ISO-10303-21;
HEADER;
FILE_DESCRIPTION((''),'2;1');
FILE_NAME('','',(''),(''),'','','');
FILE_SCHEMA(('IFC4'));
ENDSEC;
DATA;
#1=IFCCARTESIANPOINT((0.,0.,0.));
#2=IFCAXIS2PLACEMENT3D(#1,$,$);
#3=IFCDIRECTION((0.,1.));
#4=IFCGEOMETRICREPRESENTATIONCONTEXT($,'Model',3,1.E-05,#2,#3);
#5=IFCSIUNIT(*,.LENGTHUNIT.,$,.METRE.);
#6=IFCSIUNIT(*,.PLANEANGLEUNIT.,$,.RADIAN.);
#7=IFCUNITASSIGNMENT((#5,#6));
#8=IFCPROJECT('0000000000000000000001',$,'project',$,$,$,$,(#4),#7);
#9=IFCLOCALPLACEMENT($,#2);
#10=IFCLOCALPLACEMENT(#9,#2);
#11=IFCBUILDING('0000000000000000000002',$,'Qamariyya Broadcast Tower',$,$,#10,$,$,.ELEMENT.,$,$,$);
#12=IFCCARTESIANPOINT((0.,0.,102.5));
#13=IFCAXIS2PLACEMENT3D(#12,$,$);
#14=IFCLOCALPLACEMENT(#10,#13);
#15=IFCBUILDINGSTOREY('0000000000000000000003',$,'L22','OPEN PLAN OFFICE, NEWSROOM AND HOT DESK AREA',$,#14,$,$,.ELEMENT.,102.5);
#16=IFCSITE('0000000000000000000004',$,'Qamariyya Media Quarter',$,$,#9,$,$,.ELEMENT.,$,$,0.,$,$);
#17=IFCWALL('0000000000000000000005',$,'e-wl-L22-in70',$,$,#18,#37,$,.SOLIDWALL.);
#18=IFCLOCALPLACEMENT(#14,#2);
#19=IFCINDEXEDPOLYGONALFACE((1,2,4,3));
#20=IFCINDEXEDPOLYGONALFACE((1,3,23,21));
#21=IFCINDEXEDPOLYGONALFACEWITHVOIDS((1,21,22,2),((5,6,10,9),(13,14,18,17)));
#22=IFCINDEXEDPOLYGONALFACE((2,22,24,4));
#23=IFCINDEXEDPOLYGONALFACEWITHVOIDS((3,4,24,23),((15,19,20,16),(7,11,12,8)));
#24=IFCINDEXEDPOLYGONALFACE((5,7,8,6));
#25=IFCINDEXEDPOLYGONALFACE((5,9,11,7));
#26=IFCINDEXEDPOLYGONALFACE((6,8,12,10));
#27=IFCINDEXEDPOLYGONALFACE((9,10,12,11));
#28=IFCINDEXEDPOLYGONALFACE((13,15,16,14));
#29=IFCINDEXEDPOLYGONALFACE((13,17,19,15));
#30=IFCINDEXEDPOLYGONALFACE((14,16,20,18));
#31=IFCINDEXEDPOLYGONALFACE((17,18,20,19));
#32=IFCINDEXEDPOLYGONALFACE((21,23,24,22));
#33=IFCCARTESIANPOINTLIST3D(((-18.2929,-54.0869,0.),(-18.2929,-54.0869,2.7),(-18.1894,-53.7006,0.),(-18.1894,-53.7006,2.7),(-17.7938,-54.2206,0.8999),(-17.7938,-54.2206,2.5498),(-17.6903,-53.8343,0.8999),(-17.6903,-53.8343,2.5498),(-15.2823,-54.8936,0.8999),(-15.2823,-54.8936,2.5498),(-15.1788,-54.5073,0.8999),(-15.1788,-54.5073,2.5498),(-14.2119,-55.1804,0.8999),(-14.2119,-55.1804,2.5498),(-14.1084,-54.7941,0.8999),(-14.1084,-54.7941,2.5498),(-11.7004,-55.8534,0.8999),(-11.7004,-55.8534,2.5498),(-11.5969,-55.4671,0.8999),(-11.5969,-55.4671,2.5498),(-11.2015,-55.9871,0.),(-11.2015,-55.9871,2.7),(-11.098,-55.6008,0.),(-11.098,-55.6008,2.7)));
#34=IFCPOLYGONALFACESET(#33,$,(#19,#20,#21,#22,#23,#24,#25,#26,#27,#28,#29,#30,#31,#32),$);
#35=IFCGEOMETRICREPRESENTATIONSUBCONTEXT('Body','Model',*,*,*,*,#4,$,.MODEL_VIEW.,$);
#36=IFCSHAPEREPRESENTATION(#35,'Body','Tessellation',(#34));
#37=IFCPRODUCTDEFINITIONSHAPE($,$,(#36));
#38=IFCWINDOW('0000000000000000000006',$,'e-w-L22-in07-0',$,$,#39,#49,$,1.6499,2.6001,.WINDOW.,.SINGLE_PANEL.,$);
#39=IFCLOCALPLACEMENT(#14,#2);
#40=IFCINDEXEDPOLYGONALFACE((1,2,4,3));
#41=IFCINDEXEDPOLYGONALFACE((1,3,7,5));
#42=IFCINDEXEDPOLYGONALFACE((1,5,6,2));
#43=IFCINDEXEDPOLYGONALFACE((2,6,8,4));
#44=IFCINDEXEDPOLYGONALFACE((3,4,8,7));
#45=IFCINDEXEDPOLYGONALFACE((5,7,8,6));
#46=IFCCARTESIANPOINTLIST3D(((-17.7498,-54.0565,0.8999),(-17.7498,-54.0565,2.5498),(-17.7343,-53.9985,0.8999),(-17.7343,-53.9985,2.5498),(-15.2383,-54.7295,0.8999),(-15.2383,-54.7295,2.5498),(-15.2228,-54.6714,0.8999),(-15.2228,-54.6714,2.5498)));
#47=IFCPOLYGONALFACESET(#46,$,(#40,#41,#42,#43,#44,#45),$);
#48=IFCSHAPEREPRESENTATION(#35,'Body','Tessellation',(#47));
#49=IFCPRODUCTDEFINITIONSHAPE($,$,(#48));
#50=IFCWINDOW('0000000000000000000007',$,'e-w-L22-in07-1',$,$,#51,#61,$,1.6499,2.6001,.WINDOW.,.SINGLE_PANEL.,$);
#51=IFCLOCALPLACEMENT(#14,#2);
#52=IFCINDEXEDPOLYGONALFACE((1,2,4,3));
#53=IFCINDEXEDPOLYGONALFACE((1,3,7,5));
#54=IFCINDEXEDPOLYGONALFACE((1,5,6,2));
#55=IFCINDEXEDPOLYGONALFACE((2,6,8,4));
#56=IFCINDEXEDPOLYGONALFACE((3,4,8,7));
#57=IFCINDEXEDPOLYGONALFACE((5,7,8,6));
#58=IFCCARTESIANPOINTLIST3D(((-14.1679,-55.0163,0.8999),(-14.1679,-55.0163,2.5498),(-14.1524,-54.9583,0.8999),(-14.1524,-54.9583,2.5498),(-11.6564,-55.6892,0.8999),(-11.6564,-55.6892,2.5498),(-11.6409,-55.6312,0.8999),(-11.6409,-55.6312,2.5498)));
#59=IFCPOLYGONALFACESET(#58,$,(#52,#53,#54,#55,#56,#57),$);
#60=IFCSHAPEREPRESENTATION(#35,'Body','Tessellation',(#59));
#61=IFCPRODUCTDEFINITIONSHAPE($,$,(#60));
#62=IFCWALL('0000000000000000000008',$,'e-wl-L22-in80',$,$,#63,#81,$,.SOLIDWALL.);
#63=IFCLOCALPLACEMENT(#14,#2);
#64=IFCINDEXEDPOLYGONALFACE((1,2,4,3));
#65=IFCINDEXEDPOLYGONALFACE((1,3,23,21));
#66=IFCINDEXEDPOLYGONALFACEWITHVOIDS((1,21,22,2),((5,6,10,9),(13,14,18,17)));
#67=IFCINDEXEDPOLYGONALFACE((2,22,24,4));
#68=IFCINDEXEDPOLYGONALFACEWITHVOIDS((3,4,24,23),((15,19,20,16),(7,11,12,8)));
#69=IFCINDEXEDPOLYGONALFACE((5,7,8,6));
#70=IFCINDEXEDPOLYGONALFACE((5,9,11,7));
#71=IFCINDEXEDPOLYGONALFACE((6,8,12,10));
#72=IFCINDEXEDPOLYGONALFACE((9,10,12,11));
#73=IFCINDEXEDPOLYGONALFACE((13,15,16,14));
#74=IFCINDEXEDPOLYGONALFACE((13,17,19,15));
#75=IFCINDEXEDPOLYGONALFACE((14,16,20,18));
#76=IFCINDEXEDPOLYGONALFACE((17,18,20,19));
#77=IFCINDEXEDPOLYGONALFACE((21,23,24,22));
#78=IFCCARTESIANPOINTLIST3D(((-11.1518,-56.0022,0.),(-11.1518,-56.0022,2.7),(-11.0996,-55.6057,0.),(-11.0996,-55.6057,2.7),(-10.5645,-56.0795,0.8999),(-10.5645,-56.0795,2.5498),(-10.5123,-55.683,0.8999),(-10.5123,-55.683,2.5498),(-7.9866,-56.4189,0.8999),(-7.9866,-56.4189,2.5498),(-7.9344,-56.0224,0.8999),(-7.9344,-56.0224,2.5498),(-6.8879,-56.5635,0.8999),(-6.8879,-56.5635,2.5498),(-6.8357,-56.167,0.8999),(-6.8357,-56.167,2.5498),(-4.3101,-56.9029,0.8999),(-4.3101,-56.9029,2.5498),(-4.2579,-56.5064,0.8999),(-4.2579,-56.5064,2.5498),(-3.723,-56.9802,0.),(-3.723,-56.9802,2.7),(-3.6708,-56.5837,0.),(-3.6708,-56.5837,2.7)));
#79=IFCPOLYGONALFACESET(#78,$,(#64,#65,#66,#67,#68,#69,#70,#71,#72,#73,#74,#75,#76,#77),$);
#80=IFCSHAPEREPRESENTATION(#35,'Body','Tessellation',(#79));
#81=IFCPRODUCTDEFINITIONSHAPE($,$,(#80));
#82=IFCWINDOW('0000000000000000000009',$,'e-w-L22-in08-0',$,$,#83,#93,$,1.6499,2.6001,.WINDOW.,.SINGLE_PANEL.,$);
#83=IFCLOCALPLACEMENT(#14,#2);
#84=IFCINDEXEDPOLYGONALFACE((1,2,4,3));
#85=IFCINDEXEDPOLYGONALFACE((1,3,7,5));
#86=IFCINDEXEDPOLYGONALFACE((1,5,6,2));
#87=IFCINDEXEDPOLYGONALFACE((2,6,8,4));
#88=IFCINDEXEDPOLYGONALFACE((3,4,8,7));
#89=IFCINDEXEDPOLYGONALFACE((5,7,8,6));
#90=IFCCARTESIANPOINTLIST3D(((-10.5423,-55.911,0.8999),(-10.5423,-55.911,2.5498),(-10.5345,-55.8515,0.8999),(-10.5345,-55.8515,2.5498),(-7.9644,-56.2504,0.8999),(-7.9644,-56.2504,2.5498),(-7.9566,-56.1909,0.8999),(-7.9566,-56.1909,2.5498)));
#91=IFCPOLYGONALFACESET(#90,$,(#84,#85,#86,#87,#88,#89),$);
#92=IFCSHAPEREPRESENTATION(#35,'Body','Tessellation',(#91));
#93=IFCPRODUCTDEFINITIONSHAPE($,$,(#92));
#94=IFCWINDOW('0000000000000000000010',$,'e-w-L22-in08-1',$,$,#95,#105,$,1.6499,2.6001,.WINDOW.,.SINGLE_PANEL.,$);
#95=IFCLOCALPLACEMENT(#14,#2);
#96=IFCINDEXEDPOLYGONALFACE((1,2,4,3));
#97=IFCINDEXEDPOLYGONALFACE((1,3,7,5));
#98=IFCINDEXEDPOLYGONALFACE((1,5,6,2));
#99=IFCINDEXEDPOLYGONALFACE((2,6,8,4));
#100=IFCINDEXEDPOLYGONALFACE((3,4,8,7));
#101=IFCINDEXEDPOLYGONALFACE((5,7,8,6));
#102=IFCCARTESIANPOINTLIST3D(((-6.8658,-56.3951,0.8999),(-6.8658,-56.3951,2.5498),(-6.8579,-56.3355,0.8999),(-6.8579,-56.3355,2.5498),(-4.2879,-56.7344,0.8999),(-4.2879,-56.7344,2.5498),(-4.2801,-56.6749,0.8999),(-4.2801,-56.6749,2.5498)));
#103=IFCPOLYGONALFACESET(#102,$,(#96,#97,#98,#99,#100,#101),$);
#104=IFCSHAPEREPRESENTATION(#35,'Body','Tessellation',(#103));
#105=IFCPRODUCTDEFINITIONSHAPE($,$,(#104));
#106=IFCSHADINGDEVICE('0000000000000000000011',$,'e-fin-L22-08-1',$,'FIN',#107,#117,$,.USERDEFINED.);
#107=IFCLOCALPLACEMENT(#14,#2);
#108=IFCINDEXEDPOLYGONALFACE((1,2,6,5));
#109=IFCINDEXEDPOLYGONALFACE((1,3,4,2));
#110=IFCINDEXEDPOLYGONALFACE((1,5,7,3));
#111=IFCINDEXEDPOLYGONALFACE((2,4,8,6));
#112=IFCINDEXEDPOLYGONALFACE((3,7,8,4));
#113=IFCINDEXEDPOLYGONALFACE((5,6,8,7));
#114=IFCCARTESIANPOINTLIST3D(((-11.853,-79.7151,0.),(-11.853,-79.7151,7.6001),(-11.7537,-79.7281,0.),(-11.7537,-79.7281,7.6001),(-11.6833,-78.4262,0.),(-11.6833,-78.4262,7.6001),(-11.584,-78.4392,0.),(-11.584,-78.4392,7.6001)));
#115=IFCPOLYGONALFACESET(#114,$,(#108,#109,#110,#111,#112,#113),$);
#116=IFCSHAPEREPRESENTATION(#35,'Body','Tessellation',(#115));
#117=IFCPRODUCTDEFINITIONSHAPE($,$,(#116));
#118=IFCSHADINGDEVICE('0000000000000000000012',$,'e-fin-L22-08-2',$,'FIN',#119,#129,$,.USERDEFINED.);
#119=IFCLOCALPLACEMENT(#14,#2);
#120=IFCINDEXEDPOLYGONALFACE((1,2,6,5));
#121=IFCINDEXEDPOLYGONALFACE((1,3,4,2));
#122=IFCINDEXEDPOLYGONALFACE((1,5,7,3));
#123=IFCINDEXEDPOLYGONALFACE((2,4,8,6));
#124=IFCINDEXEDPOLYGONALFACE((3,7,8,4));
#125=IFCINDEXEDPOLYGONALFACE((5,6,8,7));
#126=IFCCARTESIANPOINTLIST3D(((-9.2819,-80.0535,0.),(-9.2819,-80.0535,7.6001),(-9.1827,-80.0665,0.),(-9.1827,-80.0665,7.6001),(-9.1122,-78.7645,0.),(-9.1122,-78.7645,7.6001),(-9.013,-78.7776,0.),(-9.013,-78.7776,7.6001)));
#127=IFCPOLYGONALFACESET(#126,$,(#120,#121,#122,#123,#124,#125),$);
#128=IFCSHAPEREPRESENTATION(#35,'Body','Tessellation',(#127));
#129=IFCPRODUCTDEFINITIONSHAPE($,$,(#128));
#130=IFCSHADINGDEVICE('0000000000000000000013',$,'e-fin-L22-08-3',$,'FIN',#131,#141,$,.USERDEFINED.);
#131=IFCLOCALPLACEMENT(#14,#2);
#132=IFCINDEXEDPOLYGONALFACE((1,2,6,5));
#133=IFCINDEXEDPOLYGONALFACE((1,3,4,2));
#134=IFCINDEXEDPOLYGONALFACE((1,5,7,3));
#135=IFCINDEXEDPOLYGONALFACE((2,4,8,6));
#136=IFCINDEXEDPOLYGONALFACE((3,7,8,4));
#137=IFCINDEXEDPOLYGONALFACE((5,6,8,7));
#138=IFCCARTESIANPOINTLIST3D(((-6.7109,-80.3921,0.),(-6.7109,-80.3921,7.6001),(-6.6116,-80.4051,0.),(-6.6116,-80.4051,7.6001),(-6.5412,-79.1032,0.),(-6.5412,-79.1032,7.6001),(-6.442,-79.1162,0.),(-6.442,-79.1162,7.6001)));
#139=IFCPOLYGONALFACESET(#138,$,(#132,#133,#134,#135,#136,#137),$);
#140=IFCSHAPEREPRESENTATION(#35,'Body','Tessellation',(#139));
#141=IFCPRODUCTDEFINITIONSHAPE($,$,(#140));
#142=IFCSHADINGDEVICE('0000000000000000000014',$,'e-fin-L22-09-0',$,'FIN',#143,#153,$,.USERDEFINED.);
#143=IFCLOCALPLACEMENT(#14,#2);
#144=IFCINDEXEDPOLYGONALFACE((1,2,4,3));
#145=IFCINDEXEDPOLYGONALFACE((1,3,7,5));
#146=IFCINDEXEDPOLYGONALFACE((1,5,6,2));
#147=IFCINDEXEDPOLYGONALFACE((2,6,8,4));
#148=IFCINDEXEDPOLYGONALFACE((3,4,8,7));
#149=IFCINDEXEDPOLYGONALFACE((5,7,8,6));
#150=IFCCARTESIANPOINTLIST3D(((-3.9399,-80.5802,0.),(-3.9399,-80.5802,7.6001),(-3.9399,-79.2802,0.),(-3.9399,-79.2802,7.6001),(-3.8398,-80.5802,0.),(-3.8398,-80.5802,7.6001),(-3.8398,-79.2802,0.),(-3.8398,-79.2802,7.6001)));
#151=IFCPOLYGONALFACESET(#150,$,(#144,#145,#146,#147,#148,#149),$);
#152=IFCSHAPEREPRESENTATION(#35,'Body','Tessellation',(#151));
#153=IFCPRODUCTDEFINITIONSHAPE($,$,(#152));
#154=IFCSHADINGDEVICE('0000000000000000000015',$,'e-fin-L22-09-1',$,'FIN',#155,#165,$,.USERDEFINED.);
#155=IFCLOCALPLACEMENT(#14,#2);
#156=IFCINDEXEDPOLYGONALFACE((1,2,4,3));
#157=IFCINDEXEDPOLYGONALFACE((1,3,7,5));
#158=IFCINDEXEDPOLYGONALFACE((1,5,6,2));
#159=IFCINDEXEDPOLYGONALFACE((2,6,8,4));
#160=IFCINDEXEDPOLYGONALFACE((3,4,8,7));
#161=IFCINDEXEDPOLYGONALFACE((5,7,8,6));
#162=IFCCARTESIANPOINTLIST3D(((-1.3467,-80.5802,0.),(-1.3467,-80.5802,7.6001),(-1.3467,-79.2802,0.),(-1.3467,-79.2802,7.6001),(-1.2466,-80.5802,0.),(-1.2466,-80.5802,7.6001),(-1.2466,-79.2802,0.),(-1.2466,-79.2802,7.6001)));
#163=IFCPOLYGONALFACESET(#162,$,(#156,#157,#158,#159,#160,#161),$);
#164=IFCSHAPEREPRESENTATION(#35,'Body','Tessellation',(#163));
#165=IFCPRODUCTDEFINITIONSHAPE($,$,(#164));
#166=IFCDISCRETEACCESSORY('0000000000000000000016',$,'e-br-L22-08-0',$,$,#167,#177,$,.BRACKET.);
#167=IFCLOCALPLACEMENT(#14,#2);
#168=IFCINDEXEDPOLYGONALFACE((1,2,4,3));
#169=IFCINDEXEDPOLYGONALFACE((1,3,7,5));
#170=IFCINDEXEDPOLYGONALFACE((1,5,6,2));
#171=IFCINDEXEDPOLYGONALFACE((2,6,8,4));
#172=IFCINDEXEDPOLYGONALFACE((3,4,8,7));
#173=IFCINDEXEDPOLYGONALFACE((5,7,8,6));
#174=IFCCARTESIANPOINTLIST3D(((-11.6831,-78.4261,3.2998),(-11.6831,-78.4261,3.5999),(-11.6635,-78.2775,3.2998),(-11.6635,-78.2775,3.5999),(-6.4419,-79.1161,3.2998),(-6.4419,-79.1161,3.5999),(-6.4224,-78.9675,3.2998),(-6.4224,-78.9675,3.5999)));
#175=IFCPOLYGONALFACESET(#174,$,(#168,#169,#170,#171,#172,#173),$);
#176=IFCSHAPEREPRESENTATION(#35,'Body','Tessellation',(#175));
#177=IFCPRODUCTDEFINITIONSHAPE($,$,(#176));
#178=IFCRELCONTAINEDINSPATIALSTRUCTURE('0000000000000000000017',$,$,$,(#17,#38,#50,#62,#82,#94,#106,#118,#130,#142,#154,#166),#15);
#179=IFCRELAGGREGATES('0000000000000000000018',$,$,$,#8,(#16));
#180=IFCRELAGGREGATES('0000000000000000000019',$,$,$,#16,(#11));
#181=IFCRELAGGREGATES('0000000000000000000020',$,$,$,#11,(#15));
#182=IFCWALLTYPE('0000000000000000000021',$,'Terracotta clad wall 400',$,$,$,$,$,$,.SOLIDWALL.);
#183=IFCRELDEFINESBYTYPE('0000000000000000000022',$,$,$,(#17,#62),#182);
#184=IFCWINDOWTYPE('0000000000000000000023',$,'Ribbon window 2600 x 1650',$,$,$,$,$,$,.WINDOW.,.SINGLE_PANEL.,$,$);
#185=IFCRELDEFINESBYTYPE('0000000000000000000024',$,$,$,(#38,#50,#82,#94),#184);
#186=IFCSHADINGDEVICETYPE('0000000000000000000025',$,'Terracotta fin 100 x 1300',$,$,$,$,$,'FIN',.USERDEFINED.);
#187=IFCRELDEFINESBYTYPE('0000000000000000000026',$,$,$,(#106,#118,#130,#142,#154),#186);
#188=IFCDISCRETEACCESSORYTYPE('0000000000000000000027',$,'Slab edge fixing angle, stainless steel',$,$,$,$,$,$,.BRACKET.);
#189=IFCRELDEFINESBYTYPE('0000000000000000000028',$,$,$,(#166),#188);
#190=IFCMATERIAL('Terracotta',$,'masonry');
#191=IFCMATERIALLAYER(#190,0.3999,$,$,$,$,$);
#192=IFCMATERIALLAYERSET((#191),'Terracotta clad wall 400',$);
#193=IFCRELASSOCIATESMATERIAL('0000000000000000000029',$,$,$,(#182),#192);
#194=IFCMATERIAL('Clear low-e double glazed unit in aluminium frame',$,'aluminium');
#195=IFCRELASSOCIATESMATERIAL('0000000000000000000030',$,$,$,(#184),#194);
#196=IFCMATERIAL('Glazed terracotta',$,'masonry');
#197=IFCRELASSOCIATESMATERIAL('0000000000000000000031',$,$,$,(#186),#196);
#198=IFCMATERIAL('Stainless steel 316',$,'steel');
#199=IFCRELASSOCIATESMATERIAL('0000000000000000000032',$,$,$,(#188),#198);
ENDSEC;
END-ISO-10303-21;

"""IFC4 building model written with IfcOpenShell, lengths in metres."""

from ifc_helpers import new_model, si_unit, direction, frame, frame_2d, origin, origin_2d, place, context, subcontext, project, spatial, rectangle, extrude, material, layer, layer_set, material_profile, profile_set, type_object, element, fill, save


model = new_model("IFC4")

# Units and contexts
model_context = context("Model", 3, precision=1e-05, world=origin(), true_north=direction((0.0, 1.0)))
body_context = subcontext(model_context, "Body", "Model", "MODEL_VIEW")
ifc_project = project(units=[si_unit("LENGTHUNIT", "METRE"), si_unit("PLANEANGLEUNIT", "RADIAN")], contexts=[model_context])

# Site, building, storey
site_placement = place(None, origin())
site = spatial("IfcSite", under=ifc_project, at=site_placement, Name="Qamariyya Media Quarter", CompositionType="ELEMENT", RefElevation=0.0)
building_placement = place(site_placement, origin())
building = spatial("IfcBuilding", under=site, at=building_placement, Name="Qamariyya Broadcast Tower", CompositionType="ELEMENT")
storey_placement = place(building_placement, frame((0.0, 0.0, 102.5)))
storey = spatial("IfcBuildingStorey", under=building, at=storey_placement, Name="L22", Description="OPEN PLAN OFFICE, NEWSROOM AND HOT DESK AREA", CompositionType="ELEMENT", Elevation=102.5)

# Walls, openings, windows
ifc_material_1 = material(Name="Terracotta", Category="masonry")
ifc_layer_1 = layer(ifc_material_1, 0.3999)
ifc_layer_set_1 = layer_set([ifc_layer_1], Name="Terracotta clad wall 400")
wall_type_1 = type_object("IfcWallType", Name="Terracotta clad wall 400", PredefinedType="SOLIDWALL", material=ifc_layer_set_1)
wall_1_placement = place(storey_placement, frame((-11.1497, -55.7939, 0.0), z_axis=(0.0, 0.0, 1.0), x_axis=(-0.965925, 0.258824, 0.0)))
wall_1 = element("IfcWall", 1, at=wall_1_placement, inside=storey, type_object=wall_type_1, Name="e-wl-L22-in70", PredefinedType="SOLIDWALL", context=body_context, shape_type="SweptSolid", body=[
    extrude(rectangle(XDim=7.3416, YDim=0.3999, at=frame_2d((3.6709, 0.0))), origin(), (0.0, 0.0, 1.0), 2.7),
])
opening_1_placement = place(wall_1_placement, frame((4.2249, 0.0, 0.8999)))
opening_1 = element("IfcOpeningElement", 2, at=opening_1_placement, cuts=wall_1, PredefinedType="OPENING", context=body_context, shape_type="SweptSolid", body=[
    extrude(rectangle(XDim=2.6001, YDim=1.6499, at=frame_2d((1.3, 0.825))), frame((0.0, 0.21, 0.0), z_axis=(0.0, -1.0, 0.0), x_axis=(1.0, 0.0, 0.0)), (0.0, 0.0, 1.0), 0.4199),
])
opening_2_placement = place(wall_1_placement, frame((0.5166, 0.0, 0.8999)))
opening_2 = element("IfcOpeningElement", 3, at=opening_2_placement, cuts=wall_1, PredefinedType="OPENING", context=body_context, shape_type="SweptSolid", body=[
    extrude(rectangle(XDim=2.6001, YDim=1.6499, at=frame_2d((1.3, 0.825))), frame((0.0, 0.21, 0.0), z_axis=(0.0, -1.0, 0.0), x_axis=(1.0, 0.0, 0.0)), (0.0, 0.0, 1.0), 0.4199),
])
ifc_material_2 = material(Name="Clear low-e double glazed unit in aluminium frame", Category="aluminium")
window_type = type_object("IfcWindowType", Name="Ribbon window 2600 x 1650", PartitioningType="SINGLE_PANEL", PredefinedType="WINDOW", material=ifc_material_2)
window_1_placement = place(opening_1_placement, origin())
window_1 = element("IfcWindow", 4, at=window_1_placement, inside=storey, type_object=window_type, Name="e-w-L22-in07-0", OverallHeight=1.6499, OverallWidth=2.6001, PartitioningType="SINGLE_PANEL", PredefinedType="WINDOW", context=body_context, shape_type="SweptSolid", body=[
    extrude(rectangle(XDim=2.6001, YDim=1.6499, at=frame_2d((1.3, 0.825))), frame((0.0, 0.03, 0.0), z_axis=(0.0, -1.0, 0.0), x_axis=(1.0, 0.0, 0.0)), (0.0, 0.0, 1.0), 0.0601),
])
fill(opening_1, window_1)
window_2_placement = place(opening_2_placement, origin())
window_2 = element("IfcWindow", 5, at=window_2_placement, inside=storey, type_object=window_type, Name="e-w-L22-in07-1", OverallHeight=1.6499, OverallWidth=2.6001, PartitioningType="SINGLE_PANEL", PredefinedType="WINDOW", context=body_context, shape_type="SweptSolid", body=[
    extrude(rectangle(XDim=2.6001, YDim=1.6499, at=frame_2d((1.3, 0.825))), frame((0.0, 0.03, 0.0), z_axis=(0.0, -1.0, 0.0), x_axis=(1.0, 0.0, 0.0)), (0.0, 0.0, 1.0), 0.0601),
])
fill(opening_2, window_2)
wall_2_placement = place(storey_placement, frame((-3.6968, -56.782, 0.0), z_axis=(0.0, 0.0, 1.0), x_axis=(-0.991445, 0.130529, 0.0)))
wall_2 = element("IfcWall", 6, at=wall_2_placement, inside=storey, type_object=wall_type_1, Name="e-wl-L22-in80", PredefinedType="SOLIDWALL", context=body_context, shape_type="SweptSolid", body=[
    extrude(rectangle(XDim=7.4929, YDim=0.3999, at=frame_2d((3.7466, 0.0))), origin(), (0.0, 0.0, 1.0), 2.7),
])
opening_3_placement = place(wall_2_placement, frame((4.3005, 0.0, 0.8999)))
opening_3 = element("IfcOpeningElement", 7, at=opening_3_placement, cuts=wall_2, PredefinedType="OPENING", context=body_context, shape_type="SweptSolid", body=[
    extrude(rectangle(XDim=2.6001, YDim=1.6499, at=frame_2d((1.3, 0.825))), frame((0.0, 0.21, 0.0), z_axis=(0.0, -1.0, 0.0), x_axis=(1.0, 0.0, 0.0)), (0.0, 0.0, 1.0), 0.4199),
])
opening_4_placement = place(wall_2_placement, frame((0.5923, 0.0, 0.8999)))
opening_4 = element("IfcOpeningElement", 8, at=opening_4_placement, cuts=wall_2, PredefinedType="OPENING", context=body_context, shape_type="SweptSolid", body=[
    extrude(rectangle(XDim=2.6001, YDim=1.6499, at=frame_2d((1.3, 0.825))), frame((0.0, 0.21, 0.0), z_axis=(0.0, -1.0, 0.0), x_axis=(1.0, 0.0, 0.0)), (0.0, 0.0, 1.0), 0.4199),
])
window_3_placement = place(opening_3_placement, origin())
window_3 = element("IfcWindow", 9, at=window_3_placement, inside=storey, type_object=window_type, Name="e-w-L22-in08-0", OverallHeight=1.6499, OverallWidth=2.6001, PartitioningType="SINGLE_PANEL", PredefinedType="WINDOW", context=body_context, shape_type="SweptSolid", body=[
    extrude(rectangle(XDim=2.6001, YDim=1.6499, at=frame_2d((1.3, 0.825))), frame((0.0, 0.03, 0.0), z_axis=(0.0, -1.0, 0.0), x_axis=(1.0, 0.0, 0.0)), (0.0, 0.0, 1.0), 0.0601),
])
fill(opening_3, window_3)
window_4_placement = place(opening_4_placement, origin())
window_4 = element("IfcWindow", 10, at=window_4_placement, inside=storey, type_object=window_type, Name="e-w-L22-in08-1", OverallHeight=1.6499, OverallWidth=2.6001, PartitioningType="SINGLE_PANEL", PredefinedType="WINDOW", context=body_context, shape_type="SweptSolid", body=[
    extrude(rectangle(XDim=2.6001, YDim=1.6499, at=frame_2d((1.3, 0.825))), frame((0.0, 0.03, 0.0), z_axis=(0.0, -1.0, 0.0), x_axis=(1.0, 0.0, 0.0)), (0.0, 0.0, 1.0), 0.0601),
])
fill(opening_4, window_4)

# Shading devices
ifc_material_3 = material(Name="Glazed terracotta", Category="masonry")
ifc_material_profile_1 = material_profile(ifc_material_3, rectangle(XDim=1.3, YDim=0.1001, at=origin_2d()))
ifc_profile_set_1 = profile_set([ifc_material_profile_1], Name="Glazed terracotta")
shading_device_type_1 = type_object("IfcShadingDeviceType", Name="Terracotta fin 100 x 1300", ElementType="FIN", PredefinedType="USERDEFINED", material=ifc_profile_set_1)
for number, where, z_axis, x_axis, name in (
    (11, (-11.7185, -79.0771, 0.0), (0.0, 0.0, 1.0), (-0.130526, -0.991445, 0.0), "e-fin-L22-08-1"),
    (12, (-9.1475, -79.4155, 0.0), (0.0, 0.0, 1.0), (-0.130526, -0.991445, 0.0), "e-fin-L22-08-2"),
    (13, (-6.5764, -79.7542, 0.0), (0.0, 0.0, 1.0), (-0.130526, -0.991445, 0.0), "e-fin-L22-08-3"),
    (14, (-3.8899, -79.9302, 0.0), (0.0, 0.0, 1.0), (0.0, -1.0, 0.0), "e-fin-L22-09-0"),
    (15, (-1.2966, -79.9302, 0.0), (0.0, 0.0, 1.0), (0.0, -1.0, 0.0), "e-fin-L22-09-1"),
):
    element("IfcShadingDevice", number, at=place(storey_placement, frame(where, z_axis=z_axis, x_axis=x_axis)), inside=storey, type_object=shading_device_type_1, Name=name, ObjectType="FIN", PredefinedType="USERDEFINED", context=body_context, shape_type="SweptSolid", body=[
        extrude(rectangle(XDim=1.3, YDim=0.1001, at=origin_2d()), origin(), (0.0, 0.0, 1.0), 7.6001),
    ])

# Discrete accessory
ifc_material_4 = material(Name="Stainless steel 316", Category="steel")
discrete_accessory_type = type_object("IfcDiscreteAccessoryType", Name="Slab edge fixing angle, stainless steel", PredefinedType="BRACKET", material=ifc_material_4)
discrete_accessory_placement = place(storey_placement, frame((-9.0527, -78.6968, 3.2998), z_axis=(0.0, 0.0, 1.0), x_axis=(0.991445, -0.130526, 0.0)))
element("IfcDiscreteAccessory", 16, at=discrete_accessory_placement, inside=storey, type_object=discrete_accessory_type, Name="e-br-L22-08-0", PredefinedType="BRACKET", context=body_context, shape_type="SweptSolid", body=[
    extrude(rectangle(XDim=5.2864, YDim=0.1499, at=origin_2d()), origin(), (0.0, 0.0, 1.0), 0.3),
])

save(model, "model.ifc")
